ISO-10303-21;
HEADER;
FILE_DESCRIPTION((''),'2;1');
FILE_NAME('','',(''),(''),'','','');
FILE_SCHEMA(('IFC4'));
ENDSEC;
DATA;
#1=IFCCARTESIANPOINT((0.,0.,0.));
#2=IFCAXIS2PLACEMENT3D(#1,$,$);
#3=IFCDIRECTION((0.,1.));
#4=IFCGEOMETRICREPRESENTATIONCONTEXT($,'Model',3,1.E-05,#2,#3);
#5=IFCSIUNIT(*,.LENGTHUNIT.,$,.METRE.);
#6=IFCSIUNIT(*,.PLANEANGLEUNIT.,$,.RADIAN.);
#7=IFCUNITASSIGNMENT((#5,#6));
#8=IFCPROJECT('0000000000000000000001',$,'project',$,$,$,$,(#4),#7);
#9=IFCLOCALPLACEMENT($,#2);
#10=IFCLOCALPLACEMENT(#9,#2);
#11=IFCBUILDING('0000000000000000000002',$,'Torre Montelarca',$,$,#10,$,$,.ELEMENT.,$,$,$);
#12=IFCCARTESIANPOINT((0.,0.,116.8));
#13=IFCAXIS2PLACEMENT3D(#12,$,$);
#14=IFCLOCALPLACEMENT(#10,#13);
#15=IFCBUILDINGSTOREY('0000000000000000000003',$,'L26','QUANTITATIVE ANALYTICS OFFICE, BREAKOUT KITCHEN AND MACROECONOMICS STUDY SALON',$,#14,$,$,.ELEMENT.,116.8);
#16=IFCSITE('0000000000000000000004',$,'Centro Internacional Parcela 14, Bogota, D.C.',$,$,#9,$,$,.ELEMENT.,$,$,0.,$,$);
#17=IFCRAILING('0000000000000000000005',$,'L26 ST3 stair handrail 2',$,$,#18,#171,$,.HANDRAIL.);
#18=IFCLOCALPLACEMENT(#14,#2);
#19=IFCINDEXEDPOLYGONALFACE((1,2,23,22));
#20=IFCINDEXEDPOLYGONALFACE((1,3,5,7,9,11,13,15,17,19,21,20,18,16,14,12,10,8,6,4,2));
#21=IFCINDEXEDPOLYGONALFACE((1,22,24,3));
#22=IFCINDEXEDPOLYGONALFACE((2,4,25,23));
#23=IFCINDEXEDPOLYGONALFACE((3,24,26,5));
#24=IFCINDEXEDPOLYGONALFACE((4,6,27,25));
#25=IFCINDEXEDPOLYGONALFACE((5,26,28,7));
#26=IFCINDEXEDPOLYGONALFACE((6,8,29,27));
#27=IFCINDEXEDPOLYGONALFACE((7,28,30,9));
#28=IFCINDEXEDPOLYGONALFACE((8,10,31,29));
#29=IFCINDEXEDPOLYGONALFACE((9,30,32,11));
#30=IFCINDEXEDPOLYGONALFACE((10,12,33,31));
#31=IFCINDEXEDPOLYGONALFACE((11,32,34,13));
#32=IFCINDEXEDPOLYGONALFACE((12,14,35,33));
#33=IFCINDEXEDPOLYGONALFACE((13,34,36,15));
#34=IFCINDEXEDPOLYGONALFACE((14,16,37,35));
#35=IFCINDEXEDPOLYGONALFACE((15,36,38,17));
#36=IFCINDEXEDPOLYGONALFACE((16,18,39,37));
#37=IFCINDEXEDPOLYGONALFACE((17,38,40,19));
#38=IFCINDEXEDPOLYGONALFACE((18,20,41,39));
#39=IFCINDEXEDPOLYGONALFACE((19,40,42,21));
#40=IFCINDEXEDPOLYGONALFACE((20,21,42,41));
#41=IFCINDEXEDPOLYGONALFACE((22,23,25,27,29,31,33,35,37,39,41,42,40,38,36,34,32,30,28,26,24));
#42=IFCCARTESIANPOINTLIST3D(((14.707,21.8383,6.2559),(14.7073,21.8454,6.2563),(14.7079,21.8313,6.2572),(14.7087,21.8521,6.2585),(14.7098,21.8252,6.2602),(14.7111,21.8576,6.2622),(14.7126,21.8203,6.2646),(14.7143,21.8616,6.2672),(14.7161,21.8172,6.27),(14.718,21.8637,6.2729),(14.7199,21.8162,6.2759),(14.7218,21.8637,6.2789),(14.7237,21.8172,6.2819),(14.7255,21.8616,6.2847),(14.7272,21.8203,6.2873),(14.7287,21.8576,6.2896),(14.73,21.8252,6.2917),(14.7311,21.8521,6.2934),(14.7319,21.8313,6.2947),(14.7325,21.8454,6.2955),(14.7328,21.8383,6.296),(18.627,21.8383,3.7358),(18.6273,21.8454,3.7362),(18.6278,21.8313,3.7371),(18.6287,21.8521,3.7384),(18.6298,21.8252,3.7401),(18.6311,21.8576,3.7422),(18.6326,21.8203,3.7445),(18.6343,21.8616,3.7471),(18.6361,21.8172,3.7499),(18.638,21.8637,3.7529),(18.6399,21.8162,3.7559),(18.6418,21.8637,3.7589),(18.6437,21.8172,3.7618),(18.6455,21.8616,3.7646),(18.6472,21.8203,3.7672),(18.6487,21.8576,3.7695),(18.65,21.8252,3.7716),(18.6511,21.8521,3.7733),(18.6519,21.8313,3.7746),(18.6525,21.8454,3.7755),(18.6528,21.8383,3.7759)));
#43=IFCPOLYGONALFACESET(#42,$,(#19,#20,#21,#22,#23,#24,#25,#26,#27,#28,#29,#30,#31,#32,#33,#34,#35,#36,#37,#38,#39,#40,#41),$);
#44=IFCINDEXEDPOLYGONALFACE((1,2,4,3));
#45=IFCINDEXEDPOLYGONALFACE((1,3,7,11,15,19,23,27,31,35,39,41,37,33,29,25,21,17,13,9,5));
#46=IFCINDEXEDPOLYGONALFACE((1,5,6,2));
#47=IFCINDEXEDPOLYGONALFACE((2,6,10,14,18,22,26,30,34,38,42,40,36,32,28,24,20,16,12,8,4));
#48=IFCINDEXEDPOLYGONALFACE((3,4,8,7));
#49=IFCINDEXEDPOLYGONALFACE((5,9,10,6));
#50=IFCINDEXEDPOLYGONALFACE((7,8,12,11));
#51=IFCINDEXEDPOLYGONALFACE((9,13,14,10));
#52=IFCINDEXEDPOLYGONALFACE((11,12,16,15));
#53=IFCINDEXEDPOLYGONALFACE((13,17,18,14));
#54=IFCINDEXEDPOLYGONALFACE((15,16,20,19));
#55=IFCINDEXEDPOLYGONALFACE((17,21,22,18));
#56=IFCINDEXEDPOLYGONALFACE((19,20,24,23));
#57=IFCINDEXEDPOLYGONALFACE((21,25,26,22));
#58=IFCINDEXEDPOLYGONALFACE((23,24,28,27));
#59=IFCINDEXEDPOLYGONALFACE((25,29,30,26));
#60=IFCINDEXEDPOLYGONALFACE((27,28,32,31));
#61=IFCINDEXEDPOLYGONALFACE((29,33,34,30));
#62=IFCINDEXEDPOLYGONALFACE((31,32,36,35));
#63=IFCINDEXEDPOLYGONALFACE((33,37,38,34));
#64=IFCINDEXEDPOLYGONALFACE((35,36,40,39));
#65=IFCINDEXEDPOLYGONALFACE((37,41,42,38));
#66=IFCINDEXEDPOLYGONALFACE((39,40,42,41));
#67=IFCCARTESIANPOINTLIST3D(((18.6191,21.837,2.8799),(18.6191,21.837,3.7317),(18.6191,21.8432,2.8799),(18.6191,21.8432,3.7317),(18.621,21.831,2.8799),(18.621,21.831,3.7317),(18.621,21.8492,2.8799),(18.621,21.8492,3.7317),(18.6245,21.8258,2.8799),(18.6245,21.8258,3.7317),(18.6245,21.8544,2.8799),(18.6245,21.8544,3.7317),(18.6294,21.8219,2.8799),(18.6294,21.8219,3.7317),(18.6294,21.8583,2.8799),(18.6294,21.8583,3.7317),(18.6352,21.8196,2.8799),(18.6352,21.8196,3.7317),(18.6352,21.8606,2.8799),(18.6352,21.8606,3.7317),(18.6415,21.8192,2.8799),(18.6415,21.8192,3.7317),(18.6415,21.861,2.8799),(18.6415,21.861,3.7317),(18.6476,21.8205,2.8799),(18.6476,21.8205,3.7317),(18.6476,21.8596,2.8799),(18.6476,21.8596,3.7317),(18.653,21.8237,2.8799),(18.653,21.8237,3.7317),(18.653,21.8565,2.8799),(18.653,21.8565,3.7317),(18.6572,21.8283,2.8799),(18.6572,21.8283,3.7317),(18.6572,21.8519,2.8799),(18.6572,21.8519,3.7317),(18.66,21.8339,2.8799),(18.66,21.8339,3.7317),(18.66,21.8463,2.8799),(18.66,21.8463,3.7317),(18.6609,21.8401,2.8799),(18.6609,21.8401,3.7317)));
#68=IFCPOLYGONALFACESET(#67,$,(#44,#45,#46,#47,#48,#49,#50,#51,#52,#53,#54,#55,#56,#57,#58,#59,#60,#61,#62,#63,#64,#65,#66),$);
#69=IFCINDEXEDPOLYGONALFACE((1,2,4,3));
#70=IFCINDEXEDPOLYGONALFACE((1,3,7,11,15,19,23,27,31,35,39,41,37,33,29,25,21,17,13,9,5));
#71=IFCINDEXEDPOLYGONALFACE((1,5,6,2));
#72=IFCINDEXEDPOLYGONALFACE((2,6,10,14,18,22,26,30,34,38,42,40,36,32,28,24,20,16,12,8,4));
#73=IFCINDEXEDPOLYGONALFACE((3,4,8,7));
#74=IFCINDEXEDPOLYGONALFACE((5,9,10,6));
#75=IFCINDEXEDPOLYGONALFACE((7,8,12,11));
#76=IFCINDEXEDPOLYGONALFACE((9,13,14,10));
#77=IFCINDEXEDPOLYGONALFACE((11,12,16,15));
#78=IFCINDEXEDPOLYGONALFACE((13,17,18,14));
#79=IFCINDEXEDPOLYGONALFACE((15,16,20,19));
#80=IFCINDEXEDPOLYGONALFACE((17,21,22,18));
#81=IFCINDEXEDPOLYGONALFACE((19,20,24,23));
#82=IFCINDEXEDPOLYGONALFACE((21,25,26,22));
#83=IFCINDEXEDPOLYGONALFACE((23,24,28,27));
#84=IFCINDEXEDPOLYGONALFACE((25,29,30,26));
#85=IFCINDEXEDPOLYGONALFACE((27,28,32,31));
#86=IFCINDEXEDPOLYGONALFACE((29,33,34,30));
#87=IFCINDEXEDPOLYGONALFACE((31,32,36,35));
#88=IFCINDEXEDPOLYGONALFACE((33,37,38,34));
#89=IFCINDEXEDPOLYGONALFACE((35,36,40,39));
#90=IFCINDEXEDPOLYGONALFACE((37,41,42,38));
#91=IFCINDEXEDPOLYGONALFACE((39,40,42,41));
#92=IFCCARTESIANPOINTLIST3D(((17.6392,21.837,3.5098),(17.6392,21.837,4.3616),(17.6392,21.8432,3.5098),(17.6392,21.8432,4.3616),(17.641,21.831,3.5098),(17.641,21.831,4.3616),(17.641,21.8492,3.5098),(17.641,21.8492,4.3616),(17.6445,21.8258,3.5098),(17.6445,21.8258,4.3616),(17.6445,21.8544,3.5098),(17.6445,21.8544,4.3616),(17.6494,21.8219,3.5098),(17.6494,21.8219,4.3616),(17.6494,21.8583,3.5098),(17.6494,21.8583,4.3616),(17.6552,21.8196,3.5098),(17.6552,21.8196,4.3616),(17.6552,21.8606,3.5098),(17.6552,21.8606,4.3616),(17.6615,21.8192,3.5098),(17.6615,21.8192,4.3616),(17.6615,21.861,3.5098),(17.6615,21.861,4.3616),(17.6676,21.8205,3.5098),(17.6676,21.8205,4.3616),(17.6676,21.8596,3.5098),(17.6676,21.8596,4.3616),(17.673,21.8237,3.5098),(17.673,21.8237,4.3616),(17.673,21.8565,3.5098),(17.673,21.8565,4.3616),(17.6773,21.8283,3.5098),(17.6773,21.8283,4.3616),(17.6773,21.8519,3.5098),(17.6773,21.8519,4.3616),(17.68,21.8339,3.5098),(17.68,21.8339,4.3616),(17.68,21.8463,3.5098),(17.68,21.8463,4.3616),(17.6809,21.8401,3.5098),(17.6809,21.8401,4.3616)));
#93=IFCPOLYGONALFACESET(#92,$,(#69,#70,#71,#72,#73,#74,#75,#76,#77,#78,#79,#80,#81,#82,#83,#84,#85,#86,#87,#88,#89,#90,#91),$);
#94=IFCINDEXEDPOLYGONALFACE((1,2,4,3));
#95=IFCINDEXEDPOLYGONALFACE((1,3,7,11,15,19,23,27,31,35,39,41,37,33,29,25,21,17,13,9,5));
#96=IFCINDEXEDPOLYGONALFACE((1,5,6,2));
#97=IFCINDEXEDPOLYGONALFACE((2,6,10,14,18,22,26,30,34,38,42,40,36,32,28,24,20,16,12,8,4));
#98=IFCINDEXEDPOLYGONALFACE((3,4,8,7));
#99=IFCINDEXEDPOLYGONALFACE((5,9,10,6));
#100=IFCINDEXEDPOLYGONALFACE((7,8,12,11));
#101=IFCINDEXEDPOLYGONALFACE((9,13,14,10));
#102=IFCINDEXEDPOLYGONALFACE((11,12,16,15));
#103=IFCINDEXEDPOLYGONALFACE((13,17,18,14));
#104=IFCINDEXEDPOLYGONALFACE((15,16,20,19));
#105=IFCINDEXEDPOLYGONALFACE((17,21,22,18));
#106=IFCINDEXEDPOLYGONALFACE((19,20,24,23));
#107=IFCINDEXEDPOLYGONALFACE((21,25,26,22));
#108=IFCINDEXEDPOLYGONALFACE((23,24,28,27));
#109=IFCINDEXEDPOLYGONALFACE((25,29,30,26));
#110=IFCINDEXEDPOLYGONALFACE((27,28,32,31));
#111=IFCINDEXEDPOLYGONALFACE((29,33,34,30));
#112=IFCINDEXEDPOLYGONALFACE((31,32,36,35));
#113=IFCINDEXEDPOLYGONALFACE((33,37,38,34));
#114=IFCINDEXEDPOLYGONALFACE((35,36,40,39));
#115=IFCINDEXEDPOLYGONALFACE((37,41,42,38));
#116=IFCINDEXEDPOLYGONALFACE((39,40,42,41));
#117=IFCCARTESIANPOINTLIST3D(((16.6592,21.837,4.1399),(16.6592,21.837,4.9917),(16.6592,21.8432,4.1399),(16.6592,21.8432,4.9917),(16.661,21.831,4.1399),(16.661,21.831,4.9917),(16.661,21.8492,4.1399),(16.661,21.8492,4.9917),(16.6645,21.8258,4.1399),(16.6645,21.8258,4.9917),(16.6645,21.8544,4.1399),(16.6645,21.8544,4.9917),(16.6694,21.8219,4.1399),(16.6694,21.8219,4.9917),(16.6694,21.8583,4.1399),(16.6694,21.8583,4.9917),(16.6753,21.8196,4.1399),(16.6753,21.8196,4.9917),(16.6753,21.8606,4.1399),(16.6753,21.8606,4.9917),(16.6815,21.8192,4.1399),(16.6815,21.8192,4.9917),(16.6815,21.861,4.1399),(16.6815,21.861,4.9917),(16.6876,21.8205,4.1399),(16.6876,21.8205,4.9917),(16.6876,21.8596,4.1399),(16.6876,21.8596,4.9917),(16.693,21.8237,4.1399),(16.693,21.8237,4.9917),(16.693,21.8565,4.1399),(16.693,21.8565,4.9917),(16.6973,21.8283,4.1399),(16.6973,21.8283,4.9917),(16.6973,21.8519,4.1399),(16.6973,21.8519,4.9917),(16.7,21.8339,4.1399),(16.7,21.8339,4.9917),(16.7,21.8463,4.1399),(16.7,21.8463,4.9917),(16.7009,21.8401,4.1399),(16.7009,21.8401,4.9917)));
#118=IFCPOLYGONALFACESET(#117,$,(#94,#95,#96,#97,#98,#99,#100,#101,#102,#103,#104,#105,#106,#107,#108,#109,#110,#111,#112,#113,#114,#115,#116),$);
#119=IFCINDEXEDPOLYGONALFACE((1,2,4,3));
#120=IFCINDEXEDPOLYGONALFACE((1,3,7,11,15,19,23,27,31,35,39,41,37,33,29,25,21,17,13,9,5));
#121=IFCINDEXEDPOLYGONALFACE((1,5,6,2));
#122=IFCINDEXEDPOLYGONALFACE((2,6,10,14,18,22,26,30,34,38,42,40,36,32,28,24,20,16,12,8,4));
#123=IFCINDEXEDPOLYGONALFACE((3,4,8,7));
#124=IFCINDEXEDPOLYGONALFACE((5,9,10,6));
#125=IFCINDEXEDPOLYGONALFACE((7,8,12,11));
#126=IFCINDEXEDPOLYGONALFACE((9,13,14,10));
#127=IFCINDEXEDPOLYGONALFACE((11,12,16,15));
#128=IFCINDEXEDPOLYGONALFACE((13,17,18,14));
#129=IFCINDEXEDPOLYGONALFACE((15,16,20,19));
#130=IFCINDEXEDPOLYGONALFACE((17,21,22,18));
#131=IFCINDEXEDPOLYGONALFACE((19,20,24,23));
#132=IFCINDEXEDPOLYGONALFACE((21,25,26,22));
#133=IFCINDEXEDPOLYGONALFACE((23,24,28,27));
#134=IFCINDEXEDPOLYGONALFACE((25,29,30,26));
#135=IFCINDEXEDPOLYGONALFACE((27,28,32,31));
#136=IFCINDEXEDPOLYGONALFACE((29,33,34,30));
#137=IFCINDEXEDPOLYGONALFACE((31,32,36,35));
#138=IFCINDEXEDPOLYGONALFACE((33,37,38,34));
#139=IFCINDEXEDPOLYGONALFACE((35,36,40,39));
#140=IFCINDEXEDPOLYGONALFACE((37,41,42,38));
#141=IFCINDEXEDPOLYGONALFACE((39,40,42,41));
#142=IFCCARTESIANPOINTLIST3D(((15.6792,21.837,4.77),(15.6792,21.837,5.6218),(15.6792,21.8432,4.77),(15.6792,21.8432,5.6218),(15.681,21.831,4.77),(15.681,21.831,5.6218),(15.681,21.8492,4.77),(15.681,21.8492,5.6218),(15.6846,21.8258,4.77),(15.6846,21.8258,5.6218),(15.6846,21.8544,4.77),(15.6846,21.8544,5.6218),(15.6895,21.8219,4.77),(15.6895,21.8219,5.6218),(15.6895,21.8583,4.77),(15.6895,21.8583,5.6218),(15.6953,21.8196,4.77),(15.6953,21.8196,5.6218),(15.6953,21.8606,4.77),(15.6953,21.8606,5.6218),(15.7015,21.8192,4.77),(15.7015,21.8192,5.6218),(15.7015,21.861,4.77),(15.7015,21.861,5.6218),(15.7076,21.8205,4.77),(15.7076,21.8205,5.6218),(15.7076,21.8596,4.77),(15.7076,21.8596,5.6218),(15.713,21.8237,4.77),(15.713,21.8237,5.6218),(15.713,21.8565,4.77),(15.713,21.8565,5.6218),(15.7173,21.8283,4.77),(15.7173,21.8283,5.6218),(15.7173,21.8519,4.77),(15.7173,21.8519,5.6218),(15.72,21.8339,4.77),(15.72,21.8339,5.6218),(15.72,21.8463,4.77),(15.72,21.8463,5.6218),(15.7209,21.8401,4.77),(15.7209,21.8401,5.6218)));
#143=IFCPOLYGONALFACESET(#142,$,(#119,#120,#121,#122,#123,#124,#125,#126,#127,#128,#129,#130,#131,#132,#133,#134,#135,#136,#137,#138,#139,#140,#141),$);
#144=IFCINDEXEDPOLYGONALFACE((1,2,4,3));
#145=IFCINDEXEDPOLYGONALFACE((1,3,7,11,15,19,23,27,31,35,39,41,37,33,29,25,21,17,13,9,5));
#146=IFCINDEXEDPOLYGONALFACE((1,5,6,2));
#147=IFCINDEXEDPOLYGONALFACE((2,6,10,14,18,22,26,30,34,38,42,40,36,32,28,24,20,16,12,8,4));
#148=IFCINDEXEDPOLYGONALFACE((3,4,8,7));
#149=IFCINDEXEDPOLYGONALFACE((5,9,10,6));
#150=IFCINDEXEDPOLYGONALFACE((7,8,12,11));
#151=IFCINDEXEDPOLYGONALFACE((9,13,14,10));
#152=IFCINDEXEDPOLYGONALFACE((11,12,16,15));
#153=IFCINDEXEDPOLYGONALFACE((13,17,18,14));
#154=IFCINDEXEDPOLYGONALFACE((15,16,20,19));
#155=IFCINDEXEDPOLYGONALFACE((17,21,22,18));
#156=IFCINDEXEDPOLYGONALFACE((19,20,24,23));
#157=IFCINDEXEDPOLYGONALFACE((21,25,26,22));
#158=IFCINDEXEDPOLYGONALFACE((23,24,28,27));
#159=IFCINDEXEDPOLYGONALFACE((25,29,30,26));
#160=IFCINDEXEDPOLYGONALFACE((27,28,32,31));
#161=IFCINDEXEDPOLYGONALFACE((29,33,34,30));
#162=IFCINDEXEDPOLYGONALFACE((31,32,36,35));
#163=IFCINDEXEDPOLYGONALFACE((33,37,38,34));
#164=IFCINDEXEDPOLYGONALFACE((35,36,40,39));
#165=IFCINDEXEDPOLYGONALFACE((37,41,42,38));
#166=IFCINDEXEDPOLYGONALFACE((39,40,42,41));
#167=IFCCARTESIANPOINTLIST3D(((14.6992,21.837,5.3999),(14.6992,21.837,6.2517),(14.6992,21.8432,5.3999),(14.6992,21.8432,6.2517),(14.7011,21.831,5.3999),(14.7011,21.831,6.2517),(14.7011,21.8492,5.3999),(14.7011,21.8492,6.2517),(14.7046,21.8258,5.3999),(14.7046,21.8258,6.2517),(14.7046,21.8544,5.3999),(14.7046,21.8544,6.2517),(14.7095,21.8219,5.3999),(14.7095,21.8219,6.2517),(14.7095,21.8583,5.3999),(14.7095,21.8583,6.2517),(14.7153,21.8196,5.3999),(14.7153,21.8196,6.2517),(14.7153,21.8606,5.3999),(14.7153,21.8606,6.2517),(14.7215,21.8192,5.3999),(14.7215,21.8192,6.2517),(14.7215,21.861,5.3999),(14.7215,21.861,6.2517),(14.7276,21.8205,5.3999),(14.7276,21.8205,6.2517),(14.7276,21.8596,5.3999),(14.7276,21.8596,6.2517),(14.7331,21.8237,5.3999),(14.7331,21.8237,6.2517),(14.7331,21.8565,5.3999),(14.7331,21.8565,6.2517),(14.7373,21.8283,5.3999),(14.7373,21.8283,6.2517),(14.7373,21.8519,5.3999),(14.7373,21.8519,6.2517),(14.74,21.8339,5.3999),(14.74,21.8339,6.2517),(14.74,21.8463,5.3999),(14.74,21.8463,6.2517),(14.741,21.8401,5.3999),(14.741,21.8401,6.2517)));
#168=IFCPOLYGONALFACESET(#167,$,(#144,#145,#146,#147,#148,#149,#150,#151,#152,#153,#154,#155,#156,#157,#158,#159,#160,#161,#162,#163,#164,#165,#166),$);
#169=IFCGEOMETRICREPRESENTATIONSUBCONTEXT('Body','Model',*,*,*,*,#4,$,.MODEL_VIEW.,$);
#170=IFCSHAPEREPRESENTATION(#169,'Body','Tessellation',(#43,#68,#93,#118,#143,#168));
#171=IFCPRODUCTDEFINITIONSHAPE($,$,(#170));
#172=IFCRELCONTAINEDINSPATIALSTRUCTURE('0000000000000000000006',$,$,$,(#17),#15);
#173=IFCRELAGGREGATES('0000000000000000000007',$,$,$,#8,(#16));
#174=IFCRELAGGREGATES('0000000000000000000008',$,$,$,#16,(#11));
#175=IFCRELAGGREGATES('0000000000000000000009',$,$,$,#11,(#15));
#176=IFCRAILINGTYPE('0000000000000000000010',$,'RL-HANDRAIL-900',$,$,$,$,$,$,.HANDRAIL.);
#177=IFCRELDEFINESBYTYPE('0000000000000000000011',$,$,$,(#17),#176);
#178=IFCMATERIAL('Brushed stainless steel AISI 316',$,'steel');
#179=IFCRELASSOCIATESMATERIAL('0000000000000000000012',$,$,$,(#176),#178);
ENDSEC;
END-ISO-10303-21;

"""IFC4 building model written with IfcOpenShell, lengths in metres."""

from ifc_helpers import new_model, si_unit, direction, frame, origin, origin_2d, place, context, subcontext, project, spatial, circle, extrude, material, type_object, element, save


model = new_model("IFC4")

# Units and contexts
model_context = context("Model", 3, precision=1e-05, world=origin(), true_north=direction((0.0, 1.0)))
body_context = subcontext(model_context, "Body", "Model", "MODEL_VIEW")
ifc_project = project(units=[si_unit("LENGTHUNIT", "METRE"), si_unit("PLANEANGLEUNIT", "RADIAN")], contexts=[model_context])

# Site, building, storey
site_placement = place(None, origin())
site = spatial("IfcSite", under=ifc_project, at=site_placement, Name="Centro Internacional Parcela 14, Bogota, D.C.", CompositionType="ELEMENT", RefElevation=0.0)
building_placement = place(site_placement, origin())
building = spatial("IfcBuilding", under=site, at=building_placement, Name="Torre Montelarca", CompositionType="ELEMENT")
storey_placement = place(building_placement, frame((0.0, 0.0, 116.8)))
storey = spatial("IfcBuildingStorey", under=building, at=storey_placement, Name="L26", Description="QUANTITATIVE ANALYTICS OFFICE, BREAKOUT KITCHEN AND MACROECONOMICS STUDY SALON", CompositionType="ELEMENT", Elevation=116.8)

# Railing
ifc_material_1 = material(Name="Brushed stainless steel AISI 316", Category="steel")
railing_type_1 = type_object("IfcRailingType", Name="RL-HANDRAIL-900", PredefinedType="HANDRAIL", material=ifc_material_1)
railing_1_placement = place(storey_placement, frame((18.6399, 21.8401, 2.8799)))
element("IfcRailing", 1, at=railing_1_placement, inside=storey, type_object=railing_type_1, Name="L26 ST3 stair handrail 2", PredefinedType="HANDRAIL", context=body_context, shape_type="SweptSolid", body=[
    extrude(circle(Radius=0.0239, at=origin_2d()), frame((0.0, 0.0, 0.876), z_axis=(-0.841172, 0.0, 0.540768), x_axis=(0.0, -1.0, 0.0)), (0.0, 0.0, 1.0), 4.6602),
    extrude(circle(Radius=0.021, at=origin_2d()), origin(), (0.0, 0.0, 1.0), 0.8518),
    extrude(circle(Radius=0.021, at=origin_2d()), frame((-0.98, 0.0, 0.6299)), (0.0, 0.0, 1.0), 0.8518),
    extrude(circle(Radius=0.021, at=origin_2d()), frame((-1.96, 0.0, 1.26)), (0.0, 0.0, 1.0), 0.8518),
    extrude(circle(Radius=0.021, at=origin_2d()), frame((-2.9399, 0.0, 1.8901)), (0.0, 0.0, 1.0), 0.8518),
    extrude(circle(Radius=0.021, at=origin_2d()), frame((-3.9199, 0.0, 2.52)), (0.0, 0.0, 1.0), 0.8518),
])

save(model, "model.ifc")
